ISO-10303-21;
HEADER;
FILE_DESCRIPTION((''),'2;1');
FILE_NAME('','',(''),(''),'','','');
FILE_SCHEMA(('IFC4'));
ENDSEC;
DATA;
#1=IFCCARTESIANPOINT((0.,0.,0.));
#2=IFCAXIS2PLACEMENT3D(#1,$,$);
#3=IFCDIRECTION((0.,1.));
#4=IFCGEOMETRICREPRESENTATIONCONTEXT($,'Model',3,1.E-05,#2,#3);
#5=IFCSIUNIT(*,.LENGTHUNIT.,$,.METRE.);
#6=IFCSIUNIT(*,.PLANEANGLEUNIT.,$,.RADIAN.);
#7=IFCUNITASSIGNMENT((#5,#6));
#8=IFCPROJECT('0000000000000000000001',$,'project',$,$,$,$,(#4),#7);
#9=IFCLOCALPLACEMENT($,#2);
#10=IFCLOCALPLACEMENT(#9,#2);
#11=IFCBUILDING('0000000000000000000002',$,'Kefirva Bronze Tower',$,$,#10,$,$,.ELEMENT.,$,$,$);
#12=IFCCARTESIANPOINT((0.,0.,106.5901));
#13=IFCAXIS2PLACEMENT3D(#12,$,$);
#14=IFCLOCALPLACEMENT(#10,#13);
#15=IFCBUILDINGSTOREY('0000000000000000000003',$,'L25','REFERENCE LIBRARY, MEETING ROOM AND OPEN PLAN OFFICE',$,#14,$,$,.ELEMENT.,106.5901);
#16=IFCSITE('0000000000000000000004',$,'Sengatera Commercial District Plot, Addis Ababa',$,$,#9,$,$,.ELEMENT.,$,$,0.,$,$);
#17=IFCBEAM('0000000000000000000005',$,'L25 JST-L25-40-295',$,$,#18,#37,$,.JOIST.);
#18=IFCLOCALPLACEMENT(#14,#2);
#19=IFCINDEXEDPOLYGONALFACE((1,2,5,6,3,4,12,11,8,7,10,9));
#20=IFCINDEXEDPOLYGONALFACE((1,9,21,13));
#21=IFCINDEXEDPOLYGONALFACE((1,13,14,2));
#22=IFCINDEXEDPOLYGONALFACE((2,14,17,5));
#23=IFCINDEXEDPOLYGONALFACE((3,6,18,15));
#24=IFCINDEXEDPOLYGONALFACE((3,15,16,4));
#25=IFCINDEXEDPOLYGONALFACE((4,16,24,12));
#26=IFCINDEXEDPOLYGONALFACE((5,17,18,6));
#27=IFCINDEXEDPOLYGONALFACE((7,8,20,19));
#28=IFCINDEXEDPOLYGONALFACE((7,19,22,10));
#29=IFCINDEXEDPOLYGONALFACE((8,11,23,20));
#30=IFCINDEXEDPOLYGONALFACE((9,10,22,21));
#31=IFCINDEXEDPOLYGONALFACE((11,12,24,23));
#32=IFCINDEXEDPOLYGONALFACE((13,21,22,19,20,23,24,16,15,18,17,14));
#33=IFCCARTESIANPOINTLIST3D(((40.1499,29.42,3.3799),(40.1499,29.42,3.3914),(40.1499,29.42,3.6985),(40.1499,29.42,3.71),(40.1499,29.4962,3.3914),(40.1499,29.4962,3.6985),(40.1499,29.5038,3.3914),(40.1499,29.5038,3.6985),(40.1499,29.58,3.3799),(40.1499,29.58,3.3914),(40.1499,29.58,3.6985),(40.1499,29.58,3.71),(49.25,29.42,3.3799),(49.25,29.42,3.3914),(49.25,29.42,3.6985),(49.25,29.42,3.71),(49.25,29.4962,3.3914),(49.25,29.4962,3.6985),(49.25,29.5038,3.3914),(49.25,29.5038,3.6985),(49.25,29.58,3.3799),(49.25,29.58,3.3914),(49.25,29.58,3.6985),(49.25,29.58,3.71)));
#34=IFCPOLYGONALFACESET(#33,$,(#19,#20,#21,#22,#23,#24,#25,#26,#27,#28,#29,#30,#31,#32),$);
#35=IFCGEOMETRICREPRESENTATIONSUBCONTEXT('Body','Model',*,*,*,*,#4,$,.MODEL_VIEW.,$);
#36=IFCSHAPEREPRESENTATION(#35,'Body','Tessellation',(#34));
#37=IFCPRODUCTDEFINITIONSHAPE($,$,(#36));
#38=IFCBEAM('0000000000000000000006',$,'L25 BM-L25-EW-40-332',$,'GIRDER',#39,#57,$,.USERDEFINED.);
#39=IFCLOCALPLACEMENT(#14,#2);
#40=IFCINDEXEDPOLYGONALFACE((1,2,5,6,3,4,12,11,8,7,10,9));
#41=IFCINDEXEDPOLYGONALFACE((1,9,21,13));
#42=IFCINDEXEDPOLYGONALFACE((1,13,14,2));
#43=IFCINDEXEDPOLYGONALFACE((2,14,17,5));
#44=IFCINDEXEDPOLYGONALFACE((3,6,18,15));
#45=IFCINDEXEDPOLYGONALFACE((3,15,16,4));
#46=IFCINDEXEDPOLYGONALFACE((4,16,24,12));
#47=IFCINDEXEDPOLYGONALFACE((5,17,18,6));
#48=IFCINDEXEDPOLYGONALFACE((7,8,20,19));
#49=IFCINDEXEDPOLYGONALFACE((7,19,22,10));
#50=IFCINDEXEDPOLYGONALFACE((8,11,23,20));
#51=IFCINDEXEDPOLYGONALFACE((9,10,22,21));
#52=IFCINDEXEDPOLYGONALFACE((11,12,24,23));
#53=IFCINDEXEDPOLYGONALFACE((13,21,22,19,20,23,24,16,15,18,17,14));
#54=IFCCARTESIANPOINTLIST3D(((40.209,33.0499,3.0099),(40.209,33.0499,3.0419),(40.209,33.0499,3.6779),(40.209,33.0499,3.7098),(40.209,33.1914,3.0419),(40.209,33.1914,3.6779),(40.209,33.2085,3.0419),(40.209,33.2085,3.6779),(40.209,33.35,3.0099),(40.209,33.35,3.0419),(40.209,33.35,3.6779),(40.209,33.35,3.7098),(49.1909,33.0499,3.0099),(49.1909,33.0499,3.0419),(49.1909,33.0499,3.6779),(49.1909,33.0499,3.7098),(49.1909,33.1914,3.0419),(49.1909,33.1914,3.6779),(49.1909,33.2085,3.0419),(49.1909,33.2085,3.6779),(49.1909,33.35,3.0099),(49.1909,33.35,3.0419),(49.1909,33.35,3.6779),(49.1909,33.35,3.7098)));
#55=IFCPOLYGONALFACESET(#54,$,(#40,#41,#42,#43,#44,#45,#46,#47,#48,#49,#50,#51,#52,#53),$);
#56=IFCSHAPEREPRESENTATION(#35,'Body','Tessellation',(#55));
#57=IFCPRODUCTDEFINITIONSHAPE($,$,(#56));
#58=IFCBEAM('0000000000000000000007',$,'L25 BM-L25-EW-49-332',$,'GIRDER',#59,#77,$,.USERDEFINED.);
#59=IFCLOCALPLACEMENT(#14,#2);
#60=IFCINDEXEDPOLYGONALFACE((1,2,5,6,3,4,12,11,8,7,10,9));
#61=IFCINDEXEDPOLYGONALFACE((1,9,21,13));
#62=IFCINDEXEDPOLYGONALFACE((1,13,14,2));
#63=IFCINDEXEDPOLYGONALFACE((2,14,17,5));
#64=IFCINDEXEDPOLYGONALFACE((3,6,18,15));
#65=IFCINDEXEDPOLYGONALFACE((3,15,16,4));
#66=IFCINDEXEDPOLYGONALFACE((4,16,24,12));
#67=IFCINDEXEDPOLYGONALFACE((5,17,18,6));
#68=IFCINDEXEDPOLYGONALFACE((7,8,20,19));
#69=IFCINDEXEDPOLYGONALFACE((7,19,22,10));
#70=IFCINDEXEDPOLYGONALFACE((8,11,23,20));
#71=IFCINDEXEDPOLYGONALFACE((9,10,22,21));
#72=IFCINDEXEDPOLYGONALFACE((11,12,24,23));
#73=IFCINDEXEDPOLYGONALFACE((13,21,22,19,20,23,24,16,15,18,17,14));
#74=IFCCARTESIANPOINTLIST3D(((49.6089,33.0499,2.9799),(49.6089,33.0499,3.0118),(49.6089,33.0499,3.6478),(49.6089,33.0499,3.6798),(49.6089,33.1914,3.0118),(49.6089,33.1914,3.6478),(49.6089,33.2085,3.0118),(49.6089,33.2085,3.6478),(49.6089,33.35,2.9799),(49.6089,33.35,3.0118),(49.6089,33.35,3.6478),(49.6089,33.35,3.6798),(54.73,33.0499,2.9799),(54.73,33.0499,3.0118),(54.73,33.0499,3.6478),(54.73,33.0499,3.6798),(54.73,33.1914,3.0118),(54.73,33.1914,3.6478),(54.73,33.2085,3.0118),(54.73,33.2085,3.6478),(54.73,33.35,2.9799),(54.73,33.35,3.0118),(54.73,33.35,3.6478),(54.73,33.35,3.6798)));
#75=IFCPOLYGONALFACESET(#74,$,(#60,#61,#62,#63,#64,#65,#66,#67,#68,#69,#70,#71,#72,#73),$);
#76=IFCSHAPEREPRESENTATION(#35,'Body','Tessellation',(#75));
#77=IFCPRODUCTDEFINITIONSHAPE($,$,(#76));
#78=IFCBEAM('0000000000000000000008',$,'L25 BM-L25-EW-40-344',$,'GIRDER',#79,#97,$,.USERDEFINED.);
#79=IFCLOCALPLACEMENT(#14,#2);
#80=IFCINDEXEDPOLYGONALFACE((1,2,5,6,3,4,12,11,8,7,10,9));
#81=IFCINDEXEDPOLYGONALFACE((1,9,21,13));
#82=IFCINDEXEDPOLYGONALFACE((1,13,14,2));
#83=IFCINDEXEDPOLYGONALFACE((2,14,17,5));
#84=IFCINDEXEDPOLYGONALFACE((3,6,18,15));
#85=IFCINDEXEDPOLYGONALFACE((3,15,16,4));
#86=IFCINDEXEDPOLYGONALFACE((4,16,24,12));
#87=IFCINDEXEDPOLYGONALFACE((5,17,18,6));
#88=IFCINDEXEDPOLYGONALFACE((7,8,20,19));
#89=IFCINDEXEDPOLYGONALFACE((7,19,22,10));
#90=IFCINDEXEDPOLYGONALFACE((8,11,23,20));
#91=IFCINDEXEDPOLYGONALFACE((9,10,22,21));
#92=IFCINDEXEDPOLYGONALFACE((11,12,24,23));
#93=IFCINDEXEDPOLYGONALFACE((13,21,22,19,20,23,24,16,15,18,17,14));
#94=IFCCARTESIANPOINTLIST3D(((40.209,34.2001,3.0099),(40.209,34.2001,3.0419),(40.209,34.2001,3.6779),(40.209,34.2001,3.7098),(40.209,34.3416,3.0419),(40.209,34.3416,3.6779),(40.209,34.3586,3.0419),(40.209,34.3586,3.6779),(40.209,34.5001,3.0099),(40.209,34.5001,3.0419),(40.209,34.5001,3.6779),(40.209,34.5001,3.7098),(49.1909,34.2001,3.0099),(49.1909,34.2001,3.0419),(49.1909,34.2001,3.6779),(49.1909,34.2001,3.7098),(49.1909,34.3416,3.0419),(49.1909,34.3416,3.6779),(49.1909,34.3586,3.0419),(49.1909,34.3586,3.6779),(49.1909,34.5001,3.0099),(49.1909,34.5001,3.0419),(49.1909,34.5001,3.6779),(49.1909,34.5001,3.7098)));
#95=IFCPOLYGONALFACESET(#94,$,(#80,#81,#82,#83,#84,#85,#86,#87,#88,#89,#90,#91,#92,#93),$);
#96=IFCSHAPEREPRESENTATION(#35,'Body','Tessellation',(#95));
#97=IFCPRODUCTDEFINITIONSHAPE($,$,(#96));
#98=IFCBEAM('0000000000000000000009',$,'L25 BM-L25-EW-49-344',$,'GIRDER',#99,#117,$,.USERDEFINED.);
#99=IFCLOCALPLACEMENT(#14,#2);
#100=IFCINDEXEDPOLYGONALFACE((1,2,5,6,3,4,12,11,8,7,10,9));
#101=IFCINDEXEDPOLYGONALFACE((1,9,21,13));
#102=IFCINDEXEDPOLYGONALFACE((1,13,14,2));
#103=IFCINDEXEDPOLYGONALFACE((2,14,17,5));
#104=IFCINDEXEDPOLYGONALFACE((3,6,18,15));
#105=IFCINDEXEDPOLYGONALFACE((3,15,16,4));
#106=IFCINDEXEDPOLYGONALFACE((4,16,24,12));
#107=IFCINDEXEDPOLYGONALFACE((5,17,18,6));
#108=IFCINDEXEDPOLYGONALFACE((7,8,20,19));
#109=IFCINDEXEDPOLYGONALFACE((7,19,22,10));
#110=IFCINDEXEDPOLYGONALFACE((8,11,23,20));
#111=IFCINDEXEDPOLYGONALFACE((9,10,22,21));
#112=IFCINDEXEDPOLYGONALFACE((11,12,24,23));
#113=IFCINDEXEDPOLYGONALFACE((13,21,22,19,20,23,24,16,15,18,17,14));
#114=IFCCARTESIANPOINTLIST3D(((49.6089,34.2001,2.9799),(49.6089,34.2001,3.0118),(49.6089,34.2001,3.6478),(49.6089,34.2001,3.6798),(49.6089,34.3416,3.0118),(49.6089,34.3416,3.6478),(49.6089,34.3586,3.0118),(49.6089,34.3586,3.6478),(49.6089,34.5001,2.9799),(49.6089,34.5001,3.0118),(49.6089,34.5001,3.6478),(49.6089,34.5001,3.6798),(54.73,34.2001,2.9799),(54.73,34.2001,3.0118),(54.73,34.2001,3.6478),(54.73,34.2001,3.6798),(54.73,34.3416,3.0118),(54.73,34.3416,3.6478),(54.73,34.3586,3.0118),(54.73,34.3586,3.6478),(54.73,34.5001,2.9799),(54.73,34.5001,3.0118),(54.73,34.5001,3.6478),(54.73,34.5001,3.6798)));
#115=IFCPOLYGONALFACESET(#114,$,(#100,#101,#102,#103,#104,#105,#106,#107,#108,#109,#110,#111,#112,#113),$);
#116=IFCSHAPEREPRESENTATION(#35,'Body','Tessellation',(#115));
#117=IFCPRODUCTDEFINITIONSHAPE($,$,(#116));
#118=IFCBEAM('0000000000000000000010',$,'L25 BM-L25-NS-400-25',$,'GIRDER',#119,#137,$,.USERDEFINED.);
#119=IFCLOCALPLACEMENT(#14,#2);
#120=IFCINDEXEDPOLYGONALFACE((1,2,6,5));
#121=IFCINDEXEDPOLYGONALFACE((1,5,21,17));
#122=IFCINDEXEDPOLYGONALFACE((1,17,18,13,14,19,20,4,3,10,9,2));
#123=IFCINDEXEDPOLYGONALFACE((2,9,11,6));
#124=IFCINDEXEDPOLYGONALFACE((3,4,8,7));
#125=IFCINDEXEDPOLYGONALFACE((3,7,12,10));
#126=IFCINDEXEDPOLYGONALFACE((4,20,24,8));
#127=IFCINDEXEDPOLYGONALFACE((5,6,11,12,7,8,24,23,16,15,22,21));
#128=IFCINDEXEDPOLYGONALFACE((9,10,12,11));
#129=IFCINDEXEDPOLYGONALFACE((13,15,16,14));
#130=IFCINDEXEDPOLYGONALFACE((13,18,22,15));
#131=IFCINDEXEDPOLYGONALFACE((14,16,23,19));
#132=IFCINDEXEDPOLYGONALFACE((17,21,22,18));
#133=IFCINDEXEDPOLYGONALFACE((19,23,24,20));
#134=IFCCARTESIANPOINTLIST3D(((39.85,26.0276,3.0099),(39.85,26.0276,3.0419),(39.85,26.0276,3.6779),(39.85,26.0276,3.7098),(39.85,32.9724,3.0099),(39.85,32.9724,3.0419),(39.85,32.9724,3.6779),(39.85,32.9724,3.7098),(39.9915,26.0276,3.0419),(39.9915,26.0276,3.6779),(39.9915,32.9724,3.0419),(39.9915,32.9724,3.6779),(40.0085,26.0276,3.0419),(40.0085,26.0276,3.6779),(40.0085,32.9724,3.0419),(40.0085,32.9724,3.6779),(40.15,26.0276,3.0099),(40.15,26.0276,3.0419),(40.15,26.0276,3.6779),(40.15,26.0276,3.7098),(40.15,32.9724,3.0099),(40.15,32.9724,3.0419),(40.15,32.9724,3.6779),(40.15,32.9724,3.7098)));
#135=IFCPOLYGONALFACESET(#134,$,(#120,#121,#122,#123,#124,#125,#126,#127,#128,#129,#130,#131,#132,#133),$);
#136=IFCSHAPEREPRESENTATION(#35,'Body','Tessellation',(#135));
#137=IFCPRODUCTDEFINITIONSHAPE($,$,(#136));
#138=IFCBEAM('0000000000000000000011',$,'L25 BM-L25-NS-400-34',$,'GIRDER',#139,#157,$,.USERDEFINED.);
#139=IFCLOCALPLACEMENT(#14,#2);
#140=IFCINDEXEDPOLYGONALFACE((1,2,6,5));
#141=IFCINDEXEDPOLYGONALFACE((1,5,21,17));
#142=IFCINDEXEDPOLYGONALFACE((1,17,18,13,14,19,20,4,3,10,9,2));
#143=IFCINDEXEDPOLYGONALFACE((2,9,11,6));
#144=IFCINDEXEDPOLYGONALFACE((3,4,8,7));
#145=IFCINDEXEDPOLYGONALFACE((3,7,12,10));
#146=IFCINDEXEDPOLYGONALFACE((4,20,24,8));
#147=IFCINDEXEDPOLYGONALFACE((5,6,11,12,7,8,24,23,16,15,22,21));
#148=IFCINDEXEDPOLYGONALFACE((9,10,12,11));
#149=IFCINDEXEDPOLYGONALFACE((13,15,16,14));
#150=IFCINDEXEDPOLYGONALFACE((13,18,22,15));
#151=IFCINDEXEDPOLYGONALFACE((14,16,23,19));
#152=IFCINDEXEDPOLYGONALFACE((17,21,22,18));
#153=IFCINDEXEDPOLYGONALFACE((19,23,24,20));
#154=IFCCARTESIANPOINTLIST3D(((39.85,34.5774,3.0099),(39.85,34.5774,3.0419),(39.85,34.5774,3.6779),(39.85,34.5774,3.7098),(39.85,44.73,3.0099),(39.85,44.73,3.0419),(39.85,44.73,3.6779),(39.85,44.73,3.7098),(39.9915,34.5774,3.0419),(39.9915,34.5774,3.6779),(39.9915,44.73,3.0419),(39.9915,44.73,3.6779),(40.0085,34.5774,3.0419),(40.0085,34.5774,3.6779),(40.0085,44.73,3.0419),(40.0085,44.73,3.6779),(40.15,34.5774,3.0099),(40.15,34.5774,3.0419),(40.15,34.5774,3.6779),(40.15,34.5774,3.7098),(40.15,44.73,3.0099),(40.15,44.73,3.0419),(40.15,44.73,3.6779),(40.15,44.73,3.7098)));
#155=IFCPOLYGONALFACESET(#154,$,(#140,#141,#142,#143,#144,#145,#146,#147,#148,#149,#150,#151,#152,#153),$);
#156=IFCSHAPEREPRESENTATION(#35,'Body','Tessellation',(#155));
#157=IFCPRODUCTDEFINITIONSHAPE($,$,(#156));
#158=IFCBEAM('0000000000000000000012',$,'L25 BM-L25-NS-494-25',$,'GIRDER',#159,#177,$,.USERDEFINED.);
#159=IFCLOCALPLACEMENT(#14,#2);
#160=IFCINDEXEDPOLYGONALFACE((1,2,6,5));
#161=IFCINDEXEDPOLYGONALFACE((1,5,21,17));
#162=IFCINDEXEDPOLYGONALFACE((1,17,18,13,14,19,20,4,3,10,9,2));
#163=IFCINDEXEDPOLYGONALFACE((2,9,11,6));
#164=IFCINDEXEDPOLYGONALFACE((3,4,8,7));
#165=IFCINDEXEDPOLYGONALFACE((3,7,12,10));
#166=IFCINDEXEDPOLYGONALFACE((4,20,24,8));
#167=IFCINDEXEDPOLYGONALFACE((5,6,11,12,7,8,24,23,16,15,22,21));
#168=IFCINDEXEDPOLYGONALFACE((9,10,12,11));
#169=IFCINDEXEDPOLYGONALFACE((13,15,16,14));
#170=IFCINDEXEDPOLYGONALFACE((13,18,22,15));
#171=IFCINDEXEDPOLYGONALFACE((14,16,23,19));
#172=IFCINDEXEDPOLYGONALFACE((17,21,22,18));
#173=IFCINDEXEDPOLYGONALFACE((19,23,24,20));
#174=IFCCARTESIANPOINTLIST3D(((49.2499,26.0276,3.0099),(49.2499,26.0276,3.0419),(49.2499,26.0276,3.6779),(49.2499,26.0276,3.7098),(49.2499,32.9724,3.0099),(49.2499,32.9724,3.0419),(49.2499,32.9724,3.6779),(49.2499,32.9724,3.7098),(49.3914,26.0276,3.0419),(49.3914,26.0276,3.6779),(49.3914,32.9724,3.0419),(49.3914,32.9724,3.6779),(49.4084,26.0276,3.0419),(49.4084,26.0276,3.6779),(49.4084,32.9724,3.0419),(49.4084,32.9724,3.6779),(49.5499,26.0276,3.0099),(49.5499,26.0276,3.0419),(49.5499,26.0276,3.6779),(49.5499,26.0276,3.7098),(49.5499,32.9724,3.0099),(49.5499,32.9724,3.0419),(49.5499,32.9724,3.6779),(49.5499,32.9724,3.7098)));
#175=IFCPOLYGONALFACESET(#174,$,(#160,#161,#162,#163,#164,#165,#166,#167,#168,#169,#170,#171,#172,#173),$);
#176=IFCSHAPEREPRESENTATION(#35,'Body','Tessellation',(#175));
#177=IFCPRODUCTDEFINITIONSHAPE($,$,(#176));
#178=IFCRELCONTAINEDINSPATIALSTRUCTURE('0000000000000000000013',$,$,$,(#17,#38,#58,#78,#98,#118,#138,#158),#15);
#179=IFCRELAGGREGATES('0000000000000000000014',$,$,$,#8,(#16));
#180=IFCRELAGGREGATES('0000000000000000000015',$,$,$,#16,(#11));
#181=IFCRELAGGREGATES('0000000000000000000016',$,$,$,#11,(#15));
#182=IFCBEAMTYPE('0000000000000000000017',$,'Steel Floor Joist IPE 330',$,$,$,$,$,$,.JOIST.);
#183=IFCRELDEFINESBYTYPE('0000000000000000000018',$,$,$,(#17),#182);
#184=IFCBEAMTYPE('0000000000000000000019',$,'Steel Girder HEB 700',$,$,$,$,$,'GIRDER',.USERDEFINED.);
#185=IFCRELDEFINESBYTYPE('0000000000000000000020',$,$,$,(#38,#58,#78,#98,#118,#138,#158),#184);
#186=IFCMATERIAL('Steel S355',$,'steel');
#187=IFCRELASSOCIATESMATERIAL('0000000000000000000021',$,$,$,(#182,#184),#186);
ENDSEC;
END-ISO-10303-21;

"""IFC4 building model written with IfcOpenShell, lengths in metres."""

from ifc_helpers import new_model, si_unit, direction, frame, origin, origin_2d, place, context, subcontext, project, spatial, i_section, extrude, material, material_profile, profile_set, type_object, element, save


model = new_model("IFC4")

# Units and contexts
model_context = context("Model", 3, precision=1e-05, world=origin(), true_north=direction((0.0, 1.0)))
body_context = subcontext(model_context, "Body", "Model", "MODEL_VIEW")
ifc_project = project(units=[si_unit("LENGTHUNIT", "METRE"), si_unit("PLANEANGLEUNIT", "RADIAN")], contexts=[model_context])

# Site, building, storey
site_placement = place(None, origin())
site = spatial("IfcSite", under=ifc_project, at=site_placement, Name="Sengatera Commercial District Plot, Addis Ababa", CompositionType="ELEMENT", RefElevation=0.0)
building_placement = place(site_placement, origin())
building = spatial("IfcBuilding", under=site, at=building_placement, Name="Kefirva Bronze Tower", CompositionType="ELEMENT")
storey_placement = place(building_placement, frame((0.0, 0.0, 106.5901)))
storey = spatial("IfcBuildingStorey", under=building, at=storey_placement, Name="L25", Description="REFERENCE LIBRARY, MEETING ROOM AND OPEN PLAN OFFICE", CompositionType="ELEMENT", Elevation=106.5901)

# Beams
ifc_material_1 = material(Name="Steel S355", Category="steel")
ifc_material_profile_1 = material_profile(ifc_material_1, i_section(OverallWidth=0.1599, OverallDepth=0.3301, WebThickness=0.0076, FlangeThickness=0.0115, at=origin_2d()), Name="IPE 330")
ifc_profile_set_1 = profile_set([ifc_material_profile_1], Name="Steel S355")
beam_type_1 = type_object("IfcBeamType", Name="Steel Floor Joist IPE 330", PredefinedType="JOIST", material=ifc_profile_set_1)
beam_1_placement = place(storey_placement, frame((40.1499, 29.5, 3.5449), z_axis=(1.0, 0.0, 0.0), x_axis=(0.0, 1.0, 0.0)))
element("IfcBeam", 1, at=beam_1_placement, inside=storey, type_object=beam_type_1, Name="L25 JST-L25-40-295", PredefinedType="JOIST", context=body_context, shape_type="SweptSolid", body=[
    extrude(i_section(OverallWidth=0.1599, OverallDepth=0.3301, WebThickness=0.0076, FlangeThickness=0.0115, at=origin_2d()), origin(), (0.0, 0.0, 1.0), 9.1001),
])
ifc_material_profile_2 = material_profile(ifc_material_1, i_section(OverallWidth=0.3, OverallDepth=0.7, WebThickness=0.0171, FlangeThickness=0.032, at=origin_2d()), Name="HEB 700")
ifc_profile_set_2 = profile_set([ifc_material_profile_2], Name="Steel S355")
beam_type_2 = type_object("IfcBeamType", Name="Steel Girder HEB 700", ElementType="GIRDER", PredefinedType="USERDEFINED", material=ifc_profile_set_2)
beam_2_placement = place(storey_placement, frame((40.209, 33.2, 3.3599), z_axis=(1.0, 0.0, 0.0), x_axis=(0.0, 1.0, 0.0)))
element("IfcBeam", 2, at=beam_2_placement, inside=storey, type_object=beam_type_2, Name="L25 BM-L25-EW-40-332", ObjectType="GIRDER", PredefinedType="USERDEFINED", context=body_context, shape_type="SweptSolid", body=[
    extrude(i_section(OverallWidth=0.3, OverallDepth=0.7, WebThickness=0.0171, FlangeThickness=0.032, at=origin_2d()), origin(), (0.0, 0.0, 1.0), 8.9819),
])
beam_3_placement = place(storey_placement, frame((49.6089, 33.2, 3.3298), z_axis=(1.0, 0.0, 0.0), x_axis=(0.0, 1.0, 0.0)))
element("IfcBeam", 3, at=beam_3_placement, inside=storey, type_object=beam_type_2, Name="L25 BM-L25-EW-49-332", ObjectType="GIRDER", PredefinedType="USERDEFINED", context=body_context, shape_type="SweptSolid", body=[
    extrude(i_section(OverallWidth=0.3, OverallDepth=0.7, WebThickness=0.0171, FlangeThickness=0.032, at=origin_2d()), origin(), (0.0, 0.0, 1.0), 5.1211),
])
beam_4_placement = place(storey_placement, frame((40.209, 34.3501, 3.3599), z_axis=(1.0, 0.0, 0.0), x_axis=(0.0, 1.0, 0.0)))
element("IfcBeam", 4, at=beam_4_placement, inside=storey, type_object=beam_type_2, Name="L25 BM-L25-EW-40-344", ObjectType="GIRDER", PredefinedType="USERDEFINED", context=body_context, shape_type="SweptSolid", body=[
    extrude(i_section(OverallWidth=0.3, OverallDepth=0.7, WebThickness=0.0171, FlangeThickness=0.032, at=origin_2d()), origin(), (0.0, 0.0, 1.0), 8.9819),
])
beam_5_placement = place(storey_placement, frame((49.6089, 34.3501, 3.3298), z_axis=(1.0, 0.0, 0.0), x_axis=(0.0, 1.0, 0.0)))
element("IfcBeam", 5, at=beam_5_placement, inside=storey, type_object=beam_type_2, Name="L25 BM-L25-EW-49-344", ObjectType="GIRDER", PredefinedType="USERDEFINED", context=body_context, shape_type="SweptSolid", body=[
    extrude(i_section(OverallWidth=0.3, OverallDepth=0.7, WebThickness=0.0171, FlangeThickness=0.032, at=origin_2d()), origin(), (0.0, 0.0, 1.0), 5.1211),
])
beam_6_placement = place(storey_placement, frame((40.0, 26.0276, 3.3599), z_axis=(0.0, 1.0, 0.0), x_axis=(-1.0, 0.0, 0.0)))
element("IfcBeam", 6, at=beam_6_placement, inside=storey, type_object=beam_type_2, Name="L25 BM-L25-NS-400-25", ObjectType="GIRDER", PredefinedType="USERDEFINED", context=body_context, shape_type="SweptSolid", body=[
    extrude(i_section(OverallWidth=0.3, OverallDepth=0.7, WebThickness=0.0171, FlangeThickness=0.032, at=origin_2d()), origin(), (0.0, 0.0, 1.0), 6.9448),
])
beam_7_placement = place(storey_placement, frame((40.0, 34.5774, 3.3599), z_axis=(0.0, 1.0, 0.0), x_axis=(-1.0, 0.0, 0.0)))
element("IfcBeam", 7, at=beam_7_placement, inside=storey, type_object=beam_type_2, Name="L25 BM-L25-NS-400-34", ObjectType="GIRDER", PredefinedType="USERDEFINED", context=body_context, shape_type="SweptSolid", body=[
    extrude(i_section(OverallWidth=0.3, OverallDepth=0.7, WebThickness=0.0171, FlangeThickness=0.032, at=origin_2d()), origin(), (0.0, 0.0, 1.0), 10.1526),
])
beam_8_placement = place(storey_placement, frame((49.3999, 26.0276, 3.3599), z_axis=(0.0, 1.0, 0.0), x_axis=(-1.0, 0.0, 0.0)))
element("IfcBeam", 8, at=beam_8_placement, inside=storey, type_object=beam_type_2, Name="L25 BM-L25-NS-494-25", ObjectType="GIRDER", PredefinedType="USERDEFINED", context=body_context, shape_type="SweptSolid", body=[
    extrude(i_section(OverallWidth=0.3, OverallDepth=0.7, WebThickness=0.0171, FlangeThickness=0.032, at=origin_2d()), origin(), (0.0, 0.0, 1.0), 6.9448),
])

save(model, "model.ifc")
